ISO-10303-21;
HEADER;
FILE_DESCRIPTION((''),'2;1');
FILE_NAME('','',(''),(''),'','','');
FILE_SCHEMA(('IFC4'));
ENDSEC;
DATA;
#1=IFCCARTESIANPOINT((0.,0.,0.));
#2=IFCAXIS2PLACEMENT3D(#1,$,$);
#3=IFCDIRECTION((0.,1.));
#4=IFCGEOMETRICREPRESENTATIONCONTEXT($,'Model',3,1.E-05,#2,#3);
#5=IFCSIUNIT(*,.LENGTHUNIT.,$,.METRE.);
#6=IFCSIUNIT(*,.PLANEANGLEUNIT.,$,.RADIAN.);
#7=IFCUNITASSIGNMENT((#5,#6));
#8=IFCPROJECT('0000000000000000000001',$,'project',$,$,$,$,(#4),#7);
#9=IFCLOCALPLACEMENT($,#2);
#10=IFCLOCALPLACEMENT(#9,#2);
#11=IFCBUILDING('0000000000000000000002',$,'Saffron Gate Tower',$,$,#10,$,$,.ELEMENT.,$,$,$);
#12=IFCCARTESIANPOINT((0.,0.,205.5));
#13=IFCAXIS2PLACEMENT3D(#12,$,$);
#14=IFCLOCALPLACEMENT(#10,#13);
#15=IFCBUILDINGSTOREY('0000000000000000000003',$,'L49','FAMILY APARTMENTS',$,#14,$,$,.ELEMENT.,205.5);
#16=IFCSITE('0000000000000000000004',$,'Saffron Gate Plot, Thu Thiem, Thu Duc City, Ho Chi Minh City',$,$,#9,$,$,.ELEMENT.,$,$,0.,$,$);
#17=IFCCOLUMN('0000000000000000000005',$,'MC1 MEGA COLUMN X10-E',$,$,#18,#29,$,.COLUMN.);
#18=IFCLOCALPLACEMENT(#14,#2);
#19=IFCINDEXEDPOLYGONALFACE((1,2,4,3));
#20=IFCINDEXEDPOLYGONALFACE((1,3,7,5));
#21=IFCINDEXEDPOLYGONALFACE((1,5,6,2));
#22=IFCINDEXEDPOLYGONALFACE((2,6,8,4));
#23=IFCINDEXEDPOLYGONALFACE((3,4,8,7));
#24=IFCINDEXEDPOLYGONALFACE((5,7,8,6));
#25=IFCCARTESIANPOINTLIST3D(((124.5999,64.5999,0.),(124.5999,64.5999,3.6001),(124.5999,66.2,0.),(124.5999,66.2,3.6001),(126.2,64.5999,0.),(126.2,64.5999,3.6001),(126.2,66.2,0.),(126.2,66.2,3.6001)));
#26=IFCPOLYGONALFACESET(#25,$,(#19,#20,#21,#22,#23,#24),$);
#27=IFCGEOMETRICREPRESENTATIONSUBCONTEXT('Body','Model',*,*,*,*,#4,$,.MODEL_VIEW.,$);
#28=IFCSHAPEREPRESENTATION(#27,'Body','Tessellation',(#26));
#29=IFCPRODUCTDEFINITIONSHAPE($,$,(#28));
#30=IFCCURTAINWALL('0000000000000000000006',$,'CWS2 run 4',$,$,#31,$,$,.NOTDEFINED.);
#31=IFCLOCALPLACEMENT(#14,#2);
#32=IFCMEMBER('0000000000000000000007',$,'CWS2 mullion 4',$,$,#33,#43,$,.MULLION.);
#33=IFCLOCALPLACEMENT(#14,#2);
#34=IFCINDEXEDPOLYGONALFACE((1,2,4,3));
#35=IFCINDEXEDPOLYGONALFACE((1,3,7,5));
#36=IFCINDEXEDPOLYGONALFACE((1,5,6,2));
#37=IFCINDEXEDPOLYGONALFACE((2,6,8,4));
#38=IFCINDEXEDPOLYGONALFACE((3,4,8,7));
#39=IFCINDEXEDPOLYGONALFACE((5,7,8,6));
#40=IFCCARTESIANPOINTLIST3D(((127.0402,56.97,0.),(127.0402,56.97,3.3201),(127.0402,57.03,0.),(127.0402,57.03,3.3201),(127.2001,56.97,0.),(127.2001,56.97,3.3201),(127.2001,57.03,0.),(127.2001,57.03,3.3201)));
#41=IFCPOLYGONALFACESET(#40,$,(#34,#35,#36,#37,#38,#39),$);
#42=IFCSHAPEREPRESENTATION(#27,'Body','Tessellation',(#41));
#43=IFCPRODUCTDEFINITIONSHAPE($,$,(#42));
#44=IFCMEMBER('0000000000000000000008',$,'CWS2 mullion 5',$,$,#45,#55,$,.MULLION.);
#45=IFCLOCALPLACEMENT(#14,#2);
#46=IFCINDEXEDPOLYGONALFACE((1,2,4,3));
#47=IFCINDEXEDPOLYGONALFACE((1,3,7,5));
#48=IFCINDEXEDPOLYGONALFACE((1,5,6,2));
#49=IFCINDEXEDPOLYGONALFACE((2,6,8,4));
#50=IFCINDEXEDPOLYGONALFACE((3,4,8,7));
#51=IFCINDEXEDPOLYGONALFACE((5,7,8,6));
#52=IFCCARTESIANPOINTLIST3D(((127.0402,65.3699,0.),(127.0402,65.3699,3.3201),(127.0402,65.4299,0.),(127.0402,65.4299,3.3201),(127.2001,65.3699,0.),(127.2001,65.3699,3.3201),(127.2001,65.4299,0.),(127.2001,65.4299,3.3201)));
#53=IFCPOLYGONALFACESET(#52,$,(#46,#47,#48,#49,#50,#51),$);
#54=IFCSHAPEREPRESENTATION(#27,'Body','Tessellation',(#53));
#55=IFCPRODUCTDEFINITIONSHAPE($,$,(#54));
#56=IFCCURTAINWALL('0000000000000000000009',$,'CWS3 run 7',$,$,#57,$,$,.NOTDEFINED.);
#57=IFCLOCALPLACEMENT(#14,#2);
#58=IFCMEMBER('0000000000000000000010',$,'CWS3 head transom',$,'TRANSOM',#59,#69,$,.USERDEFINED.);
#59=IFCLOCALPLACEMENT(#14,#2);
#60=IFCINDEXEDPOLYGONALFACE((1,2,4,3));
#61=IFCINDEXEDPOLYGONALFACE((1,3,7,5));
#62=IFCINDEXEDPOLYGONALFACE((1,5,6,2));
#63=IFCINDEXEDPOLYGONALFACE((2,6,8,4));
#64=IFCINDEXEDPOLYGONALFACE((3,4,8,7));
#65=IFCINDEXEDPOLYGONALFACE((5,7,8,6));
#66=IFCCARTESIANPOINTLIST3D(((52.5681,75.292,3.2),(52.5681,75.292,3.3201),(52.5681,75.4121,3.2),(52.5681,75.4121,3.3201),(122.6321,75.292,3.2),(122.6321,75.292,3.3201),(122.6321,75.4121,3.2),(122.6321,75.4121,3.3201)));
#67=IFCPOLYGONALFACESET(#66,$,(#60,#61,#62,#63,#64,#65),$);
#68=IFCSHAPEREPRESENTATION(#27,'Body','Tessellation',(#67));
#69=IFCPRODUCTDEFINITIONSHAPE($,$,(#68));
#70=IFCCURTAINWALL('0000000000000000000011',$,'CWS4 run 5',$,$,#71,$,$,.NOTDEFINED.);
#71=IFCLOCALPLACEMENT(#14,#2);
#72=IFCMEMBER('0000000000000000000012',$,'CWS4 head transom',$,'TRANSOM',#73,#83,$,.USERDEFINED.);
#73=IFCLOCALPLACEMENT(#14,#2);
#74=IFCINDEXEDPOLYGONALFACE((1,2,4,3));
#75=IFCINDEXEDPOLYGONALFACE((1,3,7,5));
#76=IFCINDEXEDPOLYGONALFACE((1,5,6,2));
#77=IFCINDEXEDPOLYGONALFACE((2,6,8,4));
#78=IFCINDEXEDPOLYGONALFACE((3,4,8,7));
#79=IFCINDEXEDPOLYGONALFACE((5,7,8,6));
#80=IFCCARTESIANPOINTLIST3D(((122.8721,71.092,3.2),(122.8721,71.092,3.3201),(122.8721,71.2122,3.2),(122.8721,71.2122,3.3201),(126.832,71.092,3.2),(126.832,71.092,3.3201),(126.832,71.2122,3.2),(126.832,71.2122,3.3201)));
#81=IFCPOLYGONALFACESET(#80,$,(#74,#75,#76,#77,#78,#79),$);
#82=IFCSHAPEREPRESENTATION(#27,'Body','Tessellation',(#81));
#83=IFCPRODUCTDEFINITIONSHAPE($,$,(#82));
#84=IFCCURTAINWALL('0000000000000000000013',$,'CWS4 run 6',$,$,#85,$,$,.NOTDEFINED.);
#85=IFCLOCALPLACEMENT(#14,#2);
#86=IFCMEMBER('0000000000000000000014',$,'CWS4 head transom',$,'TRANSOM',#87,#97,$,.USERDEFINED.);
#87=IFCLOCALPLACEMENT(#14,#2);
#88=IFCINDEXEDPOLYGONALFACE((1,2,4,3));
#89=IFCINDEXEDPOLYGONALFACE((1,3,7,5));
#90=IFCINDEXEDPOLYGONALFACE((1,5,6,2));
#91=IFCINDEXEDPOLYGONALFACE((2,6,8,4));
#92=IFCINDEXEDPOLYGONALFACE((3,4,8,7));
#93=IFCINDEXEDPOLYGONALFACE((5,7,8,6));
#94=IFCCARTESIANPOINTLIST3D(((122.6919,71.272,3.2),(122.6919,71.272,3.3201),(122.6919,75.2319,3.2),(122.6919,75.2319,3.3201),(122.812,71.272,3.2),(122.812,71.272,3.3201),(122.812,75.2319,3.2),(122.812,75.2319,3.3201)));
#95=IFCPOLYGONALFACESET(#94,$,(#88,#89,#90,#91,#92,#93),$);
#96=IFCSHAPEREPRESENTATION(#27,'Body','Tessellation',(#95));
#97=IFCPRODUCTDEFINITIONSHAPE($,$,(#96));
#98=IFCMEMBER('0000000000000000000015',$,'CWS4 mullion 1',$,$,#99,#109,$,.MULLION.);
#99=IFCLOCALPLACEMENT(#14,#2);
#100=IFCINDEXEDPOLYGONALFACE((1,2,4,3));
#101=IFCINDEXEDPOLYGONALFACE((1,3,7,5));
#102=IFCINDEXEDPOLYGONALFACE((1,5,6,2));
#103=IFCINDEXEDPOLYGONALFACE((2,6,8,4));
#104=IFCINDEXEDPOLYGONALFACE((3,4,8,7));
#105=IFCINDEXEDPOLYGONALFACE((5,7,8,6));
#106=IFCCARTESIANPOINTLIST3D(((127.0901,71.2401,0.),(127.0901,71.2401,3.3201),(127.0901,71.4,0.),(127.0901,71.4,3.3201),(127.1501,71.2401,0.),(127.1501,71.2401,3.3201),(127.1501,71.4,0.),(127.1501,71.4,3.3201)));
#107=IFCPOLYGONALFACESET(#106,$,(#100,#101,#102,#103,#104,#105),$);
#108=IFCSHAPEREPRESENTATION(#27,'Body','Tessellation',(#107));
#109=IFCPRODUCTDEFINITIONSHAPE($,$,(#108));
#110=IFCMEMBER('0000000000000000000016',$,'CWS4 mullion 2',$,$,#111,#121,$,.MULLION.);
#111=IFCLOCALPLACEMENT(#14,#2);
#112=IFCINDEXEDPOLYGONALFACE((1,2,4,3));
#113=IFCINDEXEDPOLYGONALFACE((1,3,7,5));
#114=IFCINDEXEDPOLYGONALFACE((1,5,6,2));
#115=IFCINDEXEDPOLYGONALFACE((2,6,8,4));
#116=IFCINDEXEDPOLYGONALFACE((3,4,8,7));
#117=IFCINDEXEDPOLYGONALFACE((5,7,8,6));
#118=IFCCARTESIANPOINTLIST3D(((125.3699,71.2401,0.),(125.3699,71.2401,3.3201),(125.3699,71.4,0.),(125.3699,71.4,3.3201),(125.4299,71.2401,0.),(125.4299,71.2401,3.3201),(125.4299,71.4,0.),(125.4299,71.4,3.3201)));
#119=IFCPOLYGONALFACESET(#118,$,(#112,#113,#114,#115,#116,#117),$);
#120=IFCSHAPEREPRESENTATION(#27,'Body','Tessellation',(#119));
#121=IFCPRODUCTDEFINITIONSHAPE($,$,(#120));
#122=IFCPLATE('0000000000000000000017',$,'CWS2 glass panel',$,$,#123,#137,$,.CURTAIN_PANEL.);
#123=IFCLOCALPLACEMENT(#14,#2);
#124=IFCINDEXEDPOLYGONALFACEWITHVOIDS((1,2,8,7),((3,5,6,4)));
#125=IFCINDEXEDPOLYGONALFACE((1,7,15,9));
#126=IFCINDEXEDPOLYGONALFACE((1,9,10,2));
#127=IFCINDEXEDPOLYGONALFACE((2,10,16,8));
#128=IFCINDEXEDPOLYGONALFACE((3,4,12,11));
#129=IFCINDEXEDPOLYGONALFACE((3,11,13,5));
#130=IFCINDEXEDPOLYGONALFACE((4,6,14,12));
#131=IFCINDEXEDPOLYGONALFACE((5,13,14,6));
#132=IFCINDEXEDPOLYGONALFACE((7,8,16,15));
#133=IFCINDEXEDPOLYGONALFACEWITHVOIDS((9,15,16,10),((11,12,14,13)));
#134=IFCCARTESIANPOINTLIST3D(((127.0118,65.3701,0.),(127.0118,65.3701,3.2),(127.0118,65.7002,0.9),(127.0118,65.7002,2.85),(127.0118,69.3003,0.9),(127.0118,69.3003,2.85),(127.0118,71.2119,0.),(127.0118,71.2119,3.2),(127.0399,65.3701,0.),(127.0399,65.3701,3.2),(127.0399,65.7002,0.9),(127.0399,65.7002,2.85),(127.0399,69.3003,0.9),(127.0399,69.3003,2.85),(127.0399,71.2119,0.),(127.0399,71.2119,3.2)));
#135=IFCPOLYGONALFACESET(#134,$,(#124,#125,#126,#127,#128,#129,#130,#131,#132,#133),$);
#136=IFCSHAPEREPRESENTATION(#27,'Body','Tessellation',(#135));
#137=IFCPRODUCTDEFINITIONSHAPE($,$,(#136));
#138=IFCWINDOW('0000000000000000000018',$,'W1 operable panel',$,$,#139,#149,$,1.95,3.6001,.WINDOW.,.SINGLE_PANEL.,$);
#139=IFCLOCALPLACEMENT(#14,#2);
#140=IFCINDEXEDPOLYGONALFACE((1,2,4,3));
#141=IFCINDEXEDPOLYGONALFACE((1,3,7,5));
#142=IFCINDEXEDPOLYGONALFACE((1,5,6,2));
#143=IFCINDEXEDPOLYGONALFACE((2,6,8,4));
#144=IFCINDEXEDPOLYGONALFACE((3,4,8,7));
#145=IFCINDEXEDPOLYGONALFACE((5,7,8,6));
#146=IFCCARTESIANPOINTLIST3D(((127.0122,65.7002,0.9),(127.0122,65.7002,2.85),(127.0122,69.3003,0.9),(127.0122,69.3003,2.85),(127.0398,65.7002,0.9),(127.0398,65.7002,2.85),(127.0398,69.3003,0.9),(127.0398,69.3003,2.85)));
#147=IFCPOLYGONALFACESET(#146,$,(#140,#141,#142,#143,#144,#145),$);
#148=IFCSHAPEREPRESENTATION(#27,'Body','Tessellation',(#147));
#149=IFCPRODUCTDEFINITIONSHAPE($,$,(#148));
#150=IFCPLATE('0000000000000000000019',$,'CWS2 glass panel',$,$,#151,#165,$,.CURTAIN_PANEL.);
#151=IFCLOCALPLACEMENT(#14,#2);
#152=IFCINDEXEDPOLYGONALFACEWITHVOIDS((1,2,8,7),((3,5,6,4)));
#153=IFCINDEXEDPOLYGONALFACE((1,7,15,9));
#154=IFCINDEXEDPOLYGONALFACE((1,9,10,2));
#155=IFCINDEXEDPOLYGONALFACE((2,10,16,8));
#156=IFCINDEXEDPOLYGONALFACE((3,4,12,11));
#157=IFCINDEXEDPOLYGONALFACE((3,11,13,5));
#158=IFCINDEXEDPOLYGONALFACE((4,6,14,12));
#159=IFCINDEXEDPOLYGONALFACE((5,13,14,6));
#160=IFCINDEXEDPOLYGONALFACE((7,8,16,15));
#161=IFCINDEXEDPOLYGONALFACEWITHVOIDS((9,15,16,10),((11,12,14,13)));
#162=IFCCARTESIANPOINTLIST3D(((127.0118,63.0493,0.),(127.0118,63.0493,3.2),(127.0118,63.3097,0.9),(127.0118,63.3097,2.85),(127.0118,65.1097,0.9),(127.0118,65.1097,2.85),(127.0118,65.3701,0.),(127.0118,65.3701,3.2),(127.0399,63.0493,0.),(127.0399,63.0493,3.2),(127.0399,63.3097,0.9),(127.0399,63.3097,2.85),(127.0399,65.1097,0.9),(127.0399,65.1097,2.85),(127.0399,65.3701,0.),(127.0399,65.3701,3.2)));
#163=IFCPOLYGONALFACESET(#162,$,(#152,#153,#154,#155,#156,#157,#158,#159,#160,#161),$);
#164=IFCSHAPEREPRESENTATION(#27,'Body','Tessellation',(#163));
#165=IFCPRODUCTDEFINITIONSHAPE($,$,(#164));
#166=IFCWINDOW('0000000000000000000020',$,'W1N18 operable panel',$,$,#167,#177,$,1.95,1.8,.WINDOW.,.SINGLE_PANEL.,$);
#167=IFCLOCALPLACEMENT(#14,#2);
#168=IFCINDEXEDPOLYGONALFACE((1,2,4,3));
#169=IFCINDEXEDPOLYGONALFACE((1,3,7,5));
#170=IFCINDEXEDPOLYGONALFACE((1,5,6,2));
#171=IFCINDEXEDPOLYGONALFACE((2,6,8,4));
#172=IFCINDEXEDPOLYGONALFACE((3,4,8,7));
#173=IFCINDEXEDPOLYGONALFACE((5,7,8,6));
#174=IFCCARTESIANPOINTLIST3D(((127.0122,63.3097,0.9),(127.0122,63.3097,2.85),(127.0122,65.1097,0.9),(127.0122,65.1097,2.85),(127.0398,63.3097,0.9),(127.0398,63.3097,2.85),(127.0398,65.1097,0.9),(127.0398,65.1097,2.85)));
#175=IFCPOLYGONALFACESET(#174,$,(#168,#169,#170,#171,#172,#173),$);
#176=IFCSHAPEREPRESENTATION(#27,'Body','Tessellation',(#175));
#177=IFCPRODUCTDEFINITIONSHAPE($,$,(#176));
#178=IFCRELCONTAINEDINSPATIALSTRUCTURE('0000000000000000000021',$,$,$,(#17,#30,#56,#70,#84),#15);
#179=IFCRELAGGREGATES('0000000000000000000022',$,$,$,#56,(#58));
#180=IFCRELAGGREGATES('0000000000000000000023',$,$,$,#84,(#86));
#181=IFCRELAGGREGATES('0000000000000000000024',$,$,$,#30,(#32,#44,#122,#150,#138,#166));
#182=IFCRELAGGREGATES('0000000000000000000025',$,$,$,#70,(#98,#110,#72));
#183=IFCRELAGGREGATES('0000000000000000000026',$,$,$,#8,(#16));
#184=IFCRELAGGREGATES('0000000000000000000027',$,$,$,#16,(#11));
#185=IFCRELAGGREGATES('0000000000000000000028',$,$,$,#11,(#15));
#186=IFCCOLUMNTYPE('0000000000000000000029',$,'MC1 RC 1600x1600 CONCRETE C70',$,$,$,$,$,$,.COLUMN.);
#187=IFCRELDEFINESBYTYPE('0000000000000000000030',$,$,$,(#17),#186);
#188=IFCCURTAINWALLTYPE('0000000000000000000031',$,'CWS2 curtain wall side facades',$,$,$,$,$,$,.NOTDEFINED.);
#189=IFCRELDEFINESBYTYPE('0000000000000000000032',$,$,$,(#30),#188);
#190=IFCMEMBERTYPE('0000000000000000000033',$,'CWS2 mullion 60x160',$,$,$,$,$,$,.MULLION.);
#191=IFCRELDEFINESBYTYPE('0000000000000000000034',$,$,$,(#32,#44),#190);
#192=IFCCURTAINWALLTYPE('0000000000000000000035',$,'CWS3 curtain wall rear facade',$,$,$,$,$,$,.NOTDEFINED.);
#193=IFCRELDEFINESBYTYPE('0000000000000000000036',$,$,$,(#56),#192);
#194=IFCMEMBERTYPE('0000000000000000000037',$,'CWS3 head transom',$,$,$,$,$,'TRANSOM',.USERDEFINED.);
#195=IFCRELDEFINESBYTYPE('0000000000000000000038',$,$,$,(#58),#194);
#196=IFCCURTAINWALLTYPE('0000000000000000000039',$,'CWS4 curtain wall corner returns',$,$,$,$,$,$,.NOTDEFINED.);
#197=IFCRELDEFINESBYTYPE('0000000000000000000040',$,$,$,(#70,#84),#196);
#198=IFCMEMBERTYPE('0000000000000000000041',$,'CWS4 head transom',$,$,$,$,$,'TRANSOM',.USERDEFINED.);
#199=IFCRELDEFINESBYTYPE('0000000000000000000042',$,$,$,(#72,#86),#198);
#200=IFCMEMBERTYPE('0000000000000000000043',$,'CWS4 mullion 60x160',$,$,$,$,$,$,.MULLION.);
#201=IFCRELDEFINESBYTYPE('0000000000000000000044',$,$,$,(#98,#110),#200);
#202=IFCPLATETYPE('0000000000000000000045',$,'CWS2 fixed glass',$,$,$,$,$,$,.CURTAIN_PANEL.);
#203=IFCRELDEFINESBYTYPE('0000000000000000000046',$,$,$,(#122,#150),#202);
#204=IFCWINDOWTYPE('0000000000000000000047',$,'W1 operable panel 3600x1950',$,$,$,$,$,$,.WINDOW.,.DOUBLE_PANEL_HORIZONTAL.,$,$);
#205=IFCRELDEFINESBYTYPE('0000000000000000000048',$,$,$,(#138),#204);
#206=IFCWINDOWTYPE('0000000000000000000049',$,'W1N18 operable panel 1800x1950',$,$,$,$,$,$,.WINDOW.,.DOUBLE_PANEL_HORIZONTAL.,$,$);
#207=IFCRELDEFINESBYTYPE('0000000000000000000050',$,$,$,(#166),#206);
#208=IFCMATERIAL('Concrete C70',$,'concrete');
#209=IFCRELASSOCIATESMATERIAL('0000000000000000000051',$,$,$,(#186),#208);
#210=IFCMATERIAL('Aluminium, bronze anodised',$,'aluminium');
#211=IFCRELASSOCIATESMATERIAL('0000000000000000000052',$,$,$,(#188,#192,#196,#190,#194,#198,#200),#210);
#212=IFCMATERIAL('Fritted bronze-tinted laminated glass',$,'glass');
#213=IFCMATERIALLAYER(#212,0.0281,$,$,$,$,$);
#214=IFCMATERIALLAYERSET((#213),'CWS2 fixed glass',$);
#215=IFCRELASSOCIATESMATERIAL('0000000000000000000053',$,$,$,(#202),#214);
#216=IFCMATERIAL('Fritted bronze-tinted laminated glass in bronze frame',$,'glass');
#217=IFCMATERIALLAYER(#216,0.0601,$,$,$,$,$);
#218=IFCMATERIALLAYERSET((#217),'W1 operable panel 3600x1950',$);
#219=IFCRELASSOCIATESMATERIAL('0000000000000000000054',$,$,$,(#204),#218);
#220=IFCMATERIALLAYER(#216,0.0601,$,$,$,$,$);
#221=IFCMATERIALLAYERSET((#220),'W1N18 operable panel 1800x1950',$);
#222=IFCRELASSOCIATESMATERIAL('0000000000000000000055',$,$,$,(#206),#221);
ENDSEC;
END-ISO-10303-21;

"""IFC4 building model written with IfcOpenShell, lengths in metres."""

from ifc_helpers import new_model, si_unit, direction, frame, frame_2d, origin, origin_2d, place, context, subcontext, project, spatial, rectangle, extrude, material, layer, layer_set, material_profile, profile_set, type_object, element, fill, aggregate, save


model = new_model("IFC4")

# Units and contexts
model_context = context("Model", 3, precision=1e-05, world=origin(), true_north=direction((0.0, 1.0)))
body_context = subcontext(model_context, "Body", "Model", "MODEL_VIEW")
ifc_project = project(units=[si_unit("LENGTHUNIT", "METRE"), si_unit("PLANEANGLEUNIT", "RADIAN")], contexts=[model_context])

# Site, building, storey
site_placement = place(None, origin())
site = spatial("IfcSite", under=ifc_project, at=site_placement, Name="Saffron Gate Plot, Thu Thiem, Thu Duc City, Ho Chi Minh City", CompositionType="ELEMENT", RefElevation=0.0)
building_placement = place(site_placement, origin())
building = spatial("IfcBuilding", under=site, at=building_placement, Name="Saffron Gate Tower", CompositionType="ELEMENT")
storey_placement = place(building_placement, frame((0.0, 0.0, 205.5)))
storey = spatial("IfcBuildingStorey", under=building, at=storey_placement, Name="L49", Description="FAMILY APARTMENTS", CompositionType="ELEMENT", Elevation=205.5)

# Column
ifc_material_1 = material(Name="Concrete C70", Category="concrete")
ifc_material_profile_1 = material_profile(ifc_material_1, rectangle(XDim=1.6001, YDim=1.6001, at=origin_2d()))
ifc_profile_set_1 = profile_set([ifc_material_profile_1], Name="Concrete C70")
column_type = type_object("IfcColumnType", Name="MC1 RC 1600x1600 CONCRETE C70", PredefinedType="COLUMN", material=ifc_profile_set_1)
column_placement = place(storey_placement, frame((125.3999, 65.3999, 0.0), z_axis=(0.0, 0.0, 1.0), x_axis=(1.0, 0.0, 0.0)))
element("IfcColumn", 1, at=column_placement, inside=storey, type_object=column_type, Name="MC1 MEGA COLUMN X10-E", PredefinedType="COLUMN", context=body_context, shape_type="SweptSolid", body=[
    extrude(rectangle(XDim=1.6001, YDim=1.6001, at=origin_2d()), origin(), (0.0, 0.0, 1.0), 3.6001),
])

# Curtain wall, members
ifc_material_2 = material(Name="Aluminium, bronze anodised", Category="aluminium")
curtain_wall_type_1 = type_object("IfcCurtainWallType", Name="CWS2 curtain wall side facades", PredefinedType="NOTDEFINED", material=ifc_material_2)
curtain_wall_1_placement = place(storey_placement, origin())
curtain_wall_1 = element("IfcCurtainWall", 2, at=curtain_wall_1_placement, inside=storey, type_object=curtain_wall_type_1, Name="CWS2 run 4", PredefinedType="NOTDEFINED")
ifc_material_profile_2 = material_profile(ifc_material_2, rectangle(XDim=0.1599, YDim=0.0601, at=origin_2d()))
ifc_profile_set_2 = profile_set([ifc_material_profile_2], Name="Aluminium, bronze anodised")
member_type_1 = type_object("IfcMemberType", Name="CWS2 mullion 60x160", PredefinedType="MULLION", material=ifc_profile_set_2)
member_1_placement = place(storey_placement, frame((127.1201, 57.0, 0.0), z_axis=(0.0, 0.0, 1.0), x_axis=(-1.0, 0.0, 0.0)))
member_1 = element("IfcMember", 3, at=member_1_placement, type_object=member_type_1, Name="CWS2 mullion 4", PredefinedType="MULLION", context=body_context, shape_type="SweptSolid", body=[
    extrude(rectangle(XDim=0.1599, YDim=0.0601, at=origin_2d()), origin(), (0.0, 0.0, 1.0), 3.3201),
])
member_2_placement = place(storey_placement, frame((127.1201, 65.3999, 0.0), z_axis=(0.0, 0.0, 1.0), x_axis=(-1.0, 0.0, 0.0)))
member_2 = element("IfcMember", 4, at=member_2_placement, type_object=member_type_1, Name="CWS2 mullion 5", PredefinedType="MULLION", context=body_context, shape_type="SweptSolid", body=[
    extrude(rectangle(XDim=0.1599, YDim=0.0601, at=origin_2d()), origin(), (0.0, 0.0, 1.0), 3.3201),
])

# Curtain walls, members
curtain_wall_type_2 = type_object("IfcCurtainWallType", Name="CWS3 curtain wall rear facade", PredefinedType="NOTDEFINED", material=ifc_material_2)
curtain_wall_2_placement = place(storey_placement, origin())
curtain_wall_2 = element("IfcCurtainWall", 5, at=curtain_wall_2_placement, inside=storey, type_object=curtain_wall_type_2, Name="CWS3 run 7", PredefinedType="NOTDEFINED")
ifc_material_profile_3 = material_profile(ifc_material_2, rectangle(XDim=0.1201, YDim=0.1201, at=origin_2d()))
ifc_profile_set_3 = profile_set([ifc_material_profile_3], Name="Aluminium, bronze anodised")
member_type_2 = type_object("IfcMemberType", Name="CWS3 head transom", ElementType="TRANSOM", PredefinedType="USERDEFINED", material=ifc_profile_set_3)
member_3_placement = place(storey_placement, frame((122.6321, 75.3521, 3.26), z_axis=(-1.0, 0.0, 0.0), x_axis=(0.0, -1.0, 0.0)))
member_3 = element("IfcMember", 6, at=member_3_placement, type_object=member_type_2, Name="CWS3 head transom", ObjectType="TRANSOM", PredefinedType="USERDEFINED", context=body_context, shape_type="SweptSolid", body=[
    extrude(rectangle(XDim=0.1201, YDim=0.1201, at=origin_2d()), origin(), (0.0, 0.0, 1.0), 70.064),
])
aggregate(curtain_wall_2, [member_3])
curtain_wall_type_3 = type_object("IfcCurtainWallType", Name="CWS4 curtain wall corner returns", PredefinedType="NOTDEFINED", material=ifc_material_2)
curtain_wall_3_placement = place(storey_placement, origin())
curtain_wall_3 = element("IfcCurtainWall", 7, at=curtain_wall_3_placement, inside=storey, type_object=curtain_wall_type_3, Name="CWS4 run 5", PredefinedType="NOTDEFINED")
ifc_material_profile_4 = material_profile(ifc_material_2, rectangle(XDim=0.1201, YDim=0.1201, at=origin_2d()))
ifc_profile_set_4 = profile_set([ifc_material_profile_4], Name="Aluminium, bronze anodised")
member_type_3 = type_object("IfcMemberType", Name="CWS4 head transom", ElementType="TRANSOM", PredefinedType="USERDEFINED", material=ifc_profile_set_4)
member_4_placement = place(storey_placement, frame((126.832, 71.1521, 3.26), z_axis=(-1.0, 0.0, 0.0), x_axis=(0.0, -1.0, 0.0)))
member_4 = element("IfcMember", 8, at=member_4_placement, type_object=member_type_3, Name="CWS4 head transom", ObjectType="TRANSOM", PredefinedType="USERDEFINED", context=body_context, shape_type="SweptSolid", body=[
    extrude(rectangle(XDim=0.1201, YDim=0.1201, at=origin_2d()), origin(), (0.0, 0.0, 1.0), 3.96),
])
curtain_wall_4_placement = place(storey_placement, origin())
curtain_wall_4 = element("IfcCurtainWall", 9, at=curtain_wall_4_placement, inside=storey, type_object=curtain_wall_type_3, Name="CWS4 run 6", PredefinedType="NOTDEFINED")
member_5_placement = place(storey_placement, frame((122.752, 71.272, 3.26), z_axis=(0.0, 1.0, 0.0), x_axis=(-1.0, 0.0, 0.0)))
member_5 = element("IfcMember", 10, at=member_5_placement, type_object=member_type_3, Name="CWS4 head transom", ObjectType="TRANSOM", PredefinedType="USERDEFINED", context=body_context, shape_type="SweptSolid", body=[
    extrude(rectangle(XDim=0.1201, YDim=0.1201, at=origin_2d()), origin(), (0.0, 0.0, 1.0), 3.96),
])
aggregate(curtain_wall_4, [member_5])

# Members
ifc_material_profile_5 = material_profile(ifc_material_2, rectangle(XDim=0.1599, YDim=0.0601, at=origin_2d()))
ifc_profile_set_5 = profile_set([ifc_material_profile_5], Name="Aluminium, bronze anodised")
member_type_4 = type_object("IfcMemberType", Name="CWS4 mullion 60x160", PredefinedType="MULLION", material=ifc_profile_set_5)
member_6_placement = place(storey_placement, frame((127.1201, 71.3201, 0.0), z_axis=(0.0, 0.0, 1.0), x_axis=(0.0, -1.0, 0.0)))
member_6 = element("IfcMember", 11, at=member_6_placement, type_object=member_type_4, Name="CWS4 mullion 1", PredefinedType="MULLION", context=body_context, shape_type="SweptSolid", body=[
    extrude(rectangle(XDim=0.1599, YDim=0.0601, at=origin_2d()), origin(), (0.0, 0.0, 1.0), 3.3201),
])
member_7_placement = place(storey_placement, frame((125.3999, 71.3201, 0.0), z_axis=(0.0, 0.0, 1.0), x_axis=(0.0, -1.0, 0.0)))
member_7 = element("IfcMember", 12, at=member_7_placement, type_object=member_type_4, Name="CWS4 mullion 2", PredefinedType="MULLION", context=body_context, shape_type="SweptSolid", body=[
    extrude(rectangle(XDim=0.1599, YDim=0.0601, at=origin_2d()), origin(), (0.0, 0.0, 1.0), 3.3201),
])

# Plates, openings, windows
ifc_material_3 = material(Name="Fritted bronze-tinted laminated glass", Category="glass")
ifc_layer_1 = layer(ifc_material_3, 0.0281)
ifc_layer_set_1 = layer_set([ifc_layer_1], Name="CWS2 fixed glass")
plate_type_1 = type_object("IfcPlateType", Name="CWS2 fixed glass", PredefinedType="CURTAIN_PANEL", material=ifc_layer_set_1)
plate_1_placement = place(storey_placement, frame((127.0259, 65.3701, 0.0), z_axis=(0.0, 0.0, 1.0), x_axis=(0.0, 1.0, 0.0)))
plate_1 = element("IfcPlate", 13, at=plate_1_placement, type_object=plate_type_1, Name="CWS2 glass panel", PredefinedType="CURTAIN_PANEL", context=body_context, shape_type="SweptSolid", body=[
    extrude(rectangle(XDim=5.8418, YDim=0.0281, at=frame_2d((2.9209, 0.0))), origin(), (0.0, 0.0, 1.0), 3.2),
])
opening_1_placement = place(plate_1_placement, frame((0.3301, 0.0, 0.8999)))
opening_1 = element("IfcOpeningElement", 14, at=opening_1_placement, cuts=plate_1, PredefinedType="OPENING", context=body_context, shape_type="SweptSolid", body=[
    extrude(rectangle(XDim=3.6001, YDim=1.95, at=frame_2d((1.8, 0.9751))), frame((0.0, 0.0239, 0.0), z_axis=(0.0, -1.0, 0.0), x_axis=(1.0, 0.0, 0.0)), (0.0, 0.0, 1.0), 0.0481),
])
ifc_material_4 = material(Name="Fritted bronze-tinted laminated glass in bronze frame", Category="glass")
ifc_layer_2 = layer(ifc_material_4, 0.0601)
ifc_layer_set_2 = layer_set([ifc_layer_2], Name="W1 operable panel 3600x1950")
window_type_1 = type_object("IfcWindowType", Name="W1 operable panel 3600x1950", PartitioningType="DOUBLE_PANEL_HORIZONTAL", PredefinedType="WINDOW", material=ifc_layer_set_2)
window_1_placement = place(opening_1_placement, origin())
window_1 = element("IfcWindow", 15, at=window_1_placement, type_object=window_type_1, Name="W1 operable panel", OverallHeight=1.95, OverallWidth=3.6001, PartitioningType="SINGLE_PANEL", PredefinedType="WINDOW", context=body_context, shape_type="SweptSolid", body=[
    extrude(rectangle(XDim=3.6001, YDim=1.95, at=frame_2d((1.8, 0.9751))), frame((0.0, 0.0137, 0.0), z_axis=(0.0, -1.0, 0.0), x_axis=(1.0, 0.0, 0.0)), (0.0, 0.0, 1.0), 0.0276),
])
fill(opening_1, window_1)
plate_2_placement = place(storey_placement, frame((127.0259, 63.0493, 0.0), z_axis=(0.0, 0.0, 1.0), x_axis=(0.0, 1.0, 0.0)))
plate_2 = element("IfcPlate", 16, at=plate_2_placement, type_object=plate_type_1, Name="CWS2 glass panel", PredefinedType="CURTAIN_PANEL", context=body_context, shape_type="SweptSolid", body=[
    extrude(rectangle(XDim=2.3208, YDim=0.0281, at=frame_2d((1.1604, 0.0))), origin(), (0.0, 0.0, 1.0), 3.2),
])
opening_2_placement = place(plate_2_placement, frame((0.2605, 0.0, 0.8999)))
opening_2 = element("IfcOpeningElement", 17, at=opening_2_placement, cuts=plate_2, PredefinedType="OPENING", context=body_context, shape_type="SweptSolid", body=[
    extrude(rectangle(XDim=1.8, YDim=1.95, at=frame_2d((0.8999, 0.9751))), frame((0.0, 0.0239, 0.0), z_axis=(0.0, -1.0, 0.0), x_axis=(1.0, 0.0, 0.0)), (0.0, 0.0, 1.0), 0.0481),
])
ifc_layer_3 = layer(ifc_material_4, 0.0601)
ifc_layer_set_3 = layer_set([ifc_layer_3], Name="W1N18 operable panel 1800x1950")
window_type_2 = type_object("IfcWindowType", Name="W1N18 operable panel 1800x1950", PartitioningType="DOUBLE_PANEL_HORIZONTAL", PredefinedType="WINDOW", material=ifc_layer_set_3)
window_2_placement = place(opening_2_placement, origin())
window_2 = element("IfcWindow", 18, at=window_2_placement, type_object=window_type_2, Name="W1N18 operable panel", OverallHeight=1.95, OverallWidth=1.8, PartitioningType="SINGLE_PANEL", PredefinedType="WINDOW", context=body_context, shape_type="SweptSolid", body=[
    extrude(rectangle(XDim=1.8, YDim=1.95, at=frame_2d((0.8999, 0.9751))), frame((0.0, 0.0137, 0.0), z_axis=(0.0, -1.0, 0.0), x_axis=(1.0, 0.0, 0.0)), (0.0, 0.0, 1.0), 0.0276),
])
fill(opening_2, window_2)
aggregate(curtain_wall_1, [member_1, member_2, plate_1, plate_2, window_1, window_2])

aggregate(curtain_wall_3, [member_6, member_7, member_4])

save(model, "model.ifc")
